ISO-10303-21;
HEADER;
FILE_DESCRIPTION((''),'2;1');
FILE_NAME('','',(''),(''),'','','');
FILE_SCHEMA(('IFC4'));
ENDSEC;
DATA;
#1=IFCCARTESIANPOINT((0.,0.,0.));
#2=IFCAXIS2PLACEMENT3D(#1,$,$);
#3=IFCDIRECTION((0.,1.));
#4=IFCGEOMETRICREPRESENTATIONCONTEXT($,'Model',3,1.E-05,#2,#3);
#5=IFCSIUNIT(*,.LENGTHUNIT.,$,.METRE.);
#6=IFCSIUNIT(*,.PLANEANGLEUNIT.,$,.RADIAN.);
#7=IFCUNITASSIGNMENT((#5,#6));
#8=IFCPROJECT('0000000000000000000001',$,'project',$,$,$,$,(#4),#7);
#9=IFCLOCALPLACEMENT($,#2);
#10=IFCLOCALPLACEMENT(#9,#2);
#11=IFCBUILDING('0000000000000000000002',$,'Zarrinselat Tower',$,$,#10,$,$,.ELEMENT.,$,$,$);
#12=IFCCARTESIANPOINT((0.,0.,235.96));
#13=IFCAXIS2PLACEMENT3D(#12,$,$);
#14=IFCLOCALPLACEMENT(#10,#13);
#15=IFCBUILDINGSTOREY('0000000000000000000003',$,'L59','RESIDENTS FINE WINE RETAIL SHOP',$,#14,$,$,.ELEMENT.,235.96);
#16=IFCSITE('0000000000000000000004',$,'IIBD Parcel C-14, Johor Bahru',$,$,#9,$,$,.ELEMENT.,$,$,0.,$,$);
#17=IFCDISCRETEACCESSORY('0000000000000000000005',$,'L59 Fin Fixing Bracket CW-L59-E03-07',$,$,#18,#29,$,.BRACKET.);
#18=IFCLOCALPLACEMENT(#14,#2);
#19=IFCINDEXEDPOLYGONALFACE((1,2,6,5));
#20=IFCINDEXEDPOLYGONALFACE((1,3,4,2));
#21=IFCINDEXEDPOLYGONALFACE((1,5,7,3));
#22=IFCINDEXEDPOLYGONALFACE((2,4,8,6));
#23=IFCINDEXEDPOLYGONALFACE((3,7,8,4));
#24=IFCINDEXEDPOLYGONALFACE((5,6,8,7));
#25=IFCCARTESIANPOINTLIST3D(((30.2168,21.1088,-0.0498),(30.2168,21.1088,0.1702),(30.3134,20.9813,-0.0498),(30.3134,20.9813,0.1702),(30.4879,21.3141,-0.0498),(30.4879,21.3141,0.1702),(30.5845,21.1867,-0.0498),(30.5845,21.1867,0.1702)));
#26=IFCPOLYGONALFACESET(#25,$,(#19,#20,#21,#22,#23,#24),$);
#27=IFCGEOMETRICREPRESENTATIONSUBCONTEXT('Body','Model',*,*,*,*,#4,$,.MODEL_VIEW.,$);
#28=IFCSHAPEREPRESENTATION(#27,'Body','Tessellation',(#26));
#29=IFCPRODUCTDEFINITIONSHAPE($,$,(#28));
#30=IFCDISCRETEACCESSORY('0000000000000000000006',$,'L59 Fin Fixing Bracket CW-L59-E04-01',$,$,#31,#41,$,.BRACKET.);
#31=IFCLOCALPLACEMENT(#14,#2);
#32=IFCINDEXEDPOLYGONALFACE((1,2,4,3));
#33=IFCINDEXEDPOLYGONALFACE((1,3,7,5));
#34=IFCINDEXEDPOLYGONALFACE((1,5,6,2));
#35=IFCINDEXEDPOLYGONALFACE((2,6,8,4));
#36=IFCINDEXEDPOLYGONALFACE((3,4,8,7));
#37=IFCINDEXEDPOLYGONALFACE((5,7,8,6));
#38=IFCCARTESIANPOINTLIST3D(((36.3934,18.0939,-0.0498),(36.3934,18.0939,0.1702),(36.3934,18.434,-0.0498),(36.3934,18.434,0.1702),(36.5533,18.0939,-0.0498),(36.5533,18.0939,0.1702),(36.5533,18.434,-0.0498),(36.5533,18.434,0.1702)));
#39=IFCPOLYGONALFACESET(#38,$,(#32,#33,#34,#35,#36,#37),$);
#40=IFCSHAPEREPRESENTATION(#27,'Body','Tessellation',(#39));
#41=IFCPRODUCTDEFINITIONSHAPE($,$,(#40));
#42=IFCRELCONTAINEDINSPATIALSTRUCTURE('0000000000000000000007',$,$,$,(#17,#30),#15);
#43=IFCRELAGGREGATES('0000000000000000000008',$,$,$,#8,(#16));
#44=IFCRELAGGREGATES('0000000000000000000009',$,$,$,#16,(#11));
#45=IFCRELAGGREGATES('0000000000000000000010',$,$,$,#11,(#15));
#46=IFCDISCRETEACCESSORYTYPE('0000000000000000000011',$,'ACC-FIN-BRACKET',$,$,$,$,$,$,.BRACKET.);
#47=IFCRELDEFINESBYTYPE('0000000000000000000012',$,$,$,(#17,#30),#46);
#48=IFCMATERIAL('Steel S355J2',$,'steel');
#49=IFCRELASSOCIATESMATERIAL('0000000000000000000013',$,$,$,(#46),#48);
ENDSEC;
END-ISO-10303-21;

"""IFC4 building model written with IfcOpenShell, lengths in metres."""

from ifc_helpers import new_model, si_unit, direction, frame, origin, origin_2d, place, context, subcontext, project, spatial, rectangle, extrude, material, type_object, element, save


model = new_model("IFC4")

# Units and contexts
model_context = context("Model", 3, precision=1e-05, world=origin(), true_north=direction((0.0, 1.0)))
body_context = subcontext(model_context, "Body", "Model", "MODEL_VIEW")
ifc_project = project(units=[si_unit("LENGTHUNIT", "METRE"), si_unit("PLANEANGLEUNIT", "RADIAN")], contexts=[model_context])

# Site, building, storey
site_placement = place(None, origin())
site = spatial("IfcSite", under=ifc_project, at=site_placement, Name="IIBD Parcel C-14, Johor Bahru", CompositionType="ELEMENT", RefElevation=0.0)
building_placement = place(site_placement, origin())
building = spatial("IfcBuilding", under=site, at=building_placement, Name="Zarrinselat Tower", CompositionType="ELEMENT")
storey_placement = place(building_placement, frame((0.0, 0.0, 235.96)))
storey = spatial("IfcBuildingStorey", under=building, at=storey_placement, Name="L59", Description="RESIDENTS FINE WINE RETAIL SHOP", CompositionType="ELEMENT", Elevation=235.96)

# Discrete accessories
ifc_material_1 = material(Name="Steel S355J2", Category="steel")
discrete_accessory_type = type_object("IfcDiscreteAccessoryType", Name="ACC-FIN-BRACKET", PredefinedType="BRACKET", material=ifc_material_1)
for number, where, z_axis, x_axis, name in (
    (1, (30.4006, 21.1477, -0.0498), (0.0, 0.0, 1.0), (-0.797092, -0.603857, 0.0), "L59 Fin Fixing Bracket CW-L59-E03-07"),
    (2, (36.4734, 18.2639, -0.0498), (0.0, 0.0, 1.0), (0.0, -1.0, 0.0), "L59 Fin Fixing Bracket CW-L59-E04-01"),
):
    element("IfcDiscreteAccessory", number, at=place(storey_placement, frame(where, z_axis=z_axis, x_axis=x_axis)), inside=storey, type_object=discrete_accessory_type, Name=name, PredefinedType="BRACKET", context=body_context, shape_type="SweptSolid", body=[
        extrude(rectangle(XDim=0.3401, YDim=0.1599, at=origin_2d()), origin(), (0.0, 0.0, 1.0), 0.22),
    ])

save(model, "model.ifc")
